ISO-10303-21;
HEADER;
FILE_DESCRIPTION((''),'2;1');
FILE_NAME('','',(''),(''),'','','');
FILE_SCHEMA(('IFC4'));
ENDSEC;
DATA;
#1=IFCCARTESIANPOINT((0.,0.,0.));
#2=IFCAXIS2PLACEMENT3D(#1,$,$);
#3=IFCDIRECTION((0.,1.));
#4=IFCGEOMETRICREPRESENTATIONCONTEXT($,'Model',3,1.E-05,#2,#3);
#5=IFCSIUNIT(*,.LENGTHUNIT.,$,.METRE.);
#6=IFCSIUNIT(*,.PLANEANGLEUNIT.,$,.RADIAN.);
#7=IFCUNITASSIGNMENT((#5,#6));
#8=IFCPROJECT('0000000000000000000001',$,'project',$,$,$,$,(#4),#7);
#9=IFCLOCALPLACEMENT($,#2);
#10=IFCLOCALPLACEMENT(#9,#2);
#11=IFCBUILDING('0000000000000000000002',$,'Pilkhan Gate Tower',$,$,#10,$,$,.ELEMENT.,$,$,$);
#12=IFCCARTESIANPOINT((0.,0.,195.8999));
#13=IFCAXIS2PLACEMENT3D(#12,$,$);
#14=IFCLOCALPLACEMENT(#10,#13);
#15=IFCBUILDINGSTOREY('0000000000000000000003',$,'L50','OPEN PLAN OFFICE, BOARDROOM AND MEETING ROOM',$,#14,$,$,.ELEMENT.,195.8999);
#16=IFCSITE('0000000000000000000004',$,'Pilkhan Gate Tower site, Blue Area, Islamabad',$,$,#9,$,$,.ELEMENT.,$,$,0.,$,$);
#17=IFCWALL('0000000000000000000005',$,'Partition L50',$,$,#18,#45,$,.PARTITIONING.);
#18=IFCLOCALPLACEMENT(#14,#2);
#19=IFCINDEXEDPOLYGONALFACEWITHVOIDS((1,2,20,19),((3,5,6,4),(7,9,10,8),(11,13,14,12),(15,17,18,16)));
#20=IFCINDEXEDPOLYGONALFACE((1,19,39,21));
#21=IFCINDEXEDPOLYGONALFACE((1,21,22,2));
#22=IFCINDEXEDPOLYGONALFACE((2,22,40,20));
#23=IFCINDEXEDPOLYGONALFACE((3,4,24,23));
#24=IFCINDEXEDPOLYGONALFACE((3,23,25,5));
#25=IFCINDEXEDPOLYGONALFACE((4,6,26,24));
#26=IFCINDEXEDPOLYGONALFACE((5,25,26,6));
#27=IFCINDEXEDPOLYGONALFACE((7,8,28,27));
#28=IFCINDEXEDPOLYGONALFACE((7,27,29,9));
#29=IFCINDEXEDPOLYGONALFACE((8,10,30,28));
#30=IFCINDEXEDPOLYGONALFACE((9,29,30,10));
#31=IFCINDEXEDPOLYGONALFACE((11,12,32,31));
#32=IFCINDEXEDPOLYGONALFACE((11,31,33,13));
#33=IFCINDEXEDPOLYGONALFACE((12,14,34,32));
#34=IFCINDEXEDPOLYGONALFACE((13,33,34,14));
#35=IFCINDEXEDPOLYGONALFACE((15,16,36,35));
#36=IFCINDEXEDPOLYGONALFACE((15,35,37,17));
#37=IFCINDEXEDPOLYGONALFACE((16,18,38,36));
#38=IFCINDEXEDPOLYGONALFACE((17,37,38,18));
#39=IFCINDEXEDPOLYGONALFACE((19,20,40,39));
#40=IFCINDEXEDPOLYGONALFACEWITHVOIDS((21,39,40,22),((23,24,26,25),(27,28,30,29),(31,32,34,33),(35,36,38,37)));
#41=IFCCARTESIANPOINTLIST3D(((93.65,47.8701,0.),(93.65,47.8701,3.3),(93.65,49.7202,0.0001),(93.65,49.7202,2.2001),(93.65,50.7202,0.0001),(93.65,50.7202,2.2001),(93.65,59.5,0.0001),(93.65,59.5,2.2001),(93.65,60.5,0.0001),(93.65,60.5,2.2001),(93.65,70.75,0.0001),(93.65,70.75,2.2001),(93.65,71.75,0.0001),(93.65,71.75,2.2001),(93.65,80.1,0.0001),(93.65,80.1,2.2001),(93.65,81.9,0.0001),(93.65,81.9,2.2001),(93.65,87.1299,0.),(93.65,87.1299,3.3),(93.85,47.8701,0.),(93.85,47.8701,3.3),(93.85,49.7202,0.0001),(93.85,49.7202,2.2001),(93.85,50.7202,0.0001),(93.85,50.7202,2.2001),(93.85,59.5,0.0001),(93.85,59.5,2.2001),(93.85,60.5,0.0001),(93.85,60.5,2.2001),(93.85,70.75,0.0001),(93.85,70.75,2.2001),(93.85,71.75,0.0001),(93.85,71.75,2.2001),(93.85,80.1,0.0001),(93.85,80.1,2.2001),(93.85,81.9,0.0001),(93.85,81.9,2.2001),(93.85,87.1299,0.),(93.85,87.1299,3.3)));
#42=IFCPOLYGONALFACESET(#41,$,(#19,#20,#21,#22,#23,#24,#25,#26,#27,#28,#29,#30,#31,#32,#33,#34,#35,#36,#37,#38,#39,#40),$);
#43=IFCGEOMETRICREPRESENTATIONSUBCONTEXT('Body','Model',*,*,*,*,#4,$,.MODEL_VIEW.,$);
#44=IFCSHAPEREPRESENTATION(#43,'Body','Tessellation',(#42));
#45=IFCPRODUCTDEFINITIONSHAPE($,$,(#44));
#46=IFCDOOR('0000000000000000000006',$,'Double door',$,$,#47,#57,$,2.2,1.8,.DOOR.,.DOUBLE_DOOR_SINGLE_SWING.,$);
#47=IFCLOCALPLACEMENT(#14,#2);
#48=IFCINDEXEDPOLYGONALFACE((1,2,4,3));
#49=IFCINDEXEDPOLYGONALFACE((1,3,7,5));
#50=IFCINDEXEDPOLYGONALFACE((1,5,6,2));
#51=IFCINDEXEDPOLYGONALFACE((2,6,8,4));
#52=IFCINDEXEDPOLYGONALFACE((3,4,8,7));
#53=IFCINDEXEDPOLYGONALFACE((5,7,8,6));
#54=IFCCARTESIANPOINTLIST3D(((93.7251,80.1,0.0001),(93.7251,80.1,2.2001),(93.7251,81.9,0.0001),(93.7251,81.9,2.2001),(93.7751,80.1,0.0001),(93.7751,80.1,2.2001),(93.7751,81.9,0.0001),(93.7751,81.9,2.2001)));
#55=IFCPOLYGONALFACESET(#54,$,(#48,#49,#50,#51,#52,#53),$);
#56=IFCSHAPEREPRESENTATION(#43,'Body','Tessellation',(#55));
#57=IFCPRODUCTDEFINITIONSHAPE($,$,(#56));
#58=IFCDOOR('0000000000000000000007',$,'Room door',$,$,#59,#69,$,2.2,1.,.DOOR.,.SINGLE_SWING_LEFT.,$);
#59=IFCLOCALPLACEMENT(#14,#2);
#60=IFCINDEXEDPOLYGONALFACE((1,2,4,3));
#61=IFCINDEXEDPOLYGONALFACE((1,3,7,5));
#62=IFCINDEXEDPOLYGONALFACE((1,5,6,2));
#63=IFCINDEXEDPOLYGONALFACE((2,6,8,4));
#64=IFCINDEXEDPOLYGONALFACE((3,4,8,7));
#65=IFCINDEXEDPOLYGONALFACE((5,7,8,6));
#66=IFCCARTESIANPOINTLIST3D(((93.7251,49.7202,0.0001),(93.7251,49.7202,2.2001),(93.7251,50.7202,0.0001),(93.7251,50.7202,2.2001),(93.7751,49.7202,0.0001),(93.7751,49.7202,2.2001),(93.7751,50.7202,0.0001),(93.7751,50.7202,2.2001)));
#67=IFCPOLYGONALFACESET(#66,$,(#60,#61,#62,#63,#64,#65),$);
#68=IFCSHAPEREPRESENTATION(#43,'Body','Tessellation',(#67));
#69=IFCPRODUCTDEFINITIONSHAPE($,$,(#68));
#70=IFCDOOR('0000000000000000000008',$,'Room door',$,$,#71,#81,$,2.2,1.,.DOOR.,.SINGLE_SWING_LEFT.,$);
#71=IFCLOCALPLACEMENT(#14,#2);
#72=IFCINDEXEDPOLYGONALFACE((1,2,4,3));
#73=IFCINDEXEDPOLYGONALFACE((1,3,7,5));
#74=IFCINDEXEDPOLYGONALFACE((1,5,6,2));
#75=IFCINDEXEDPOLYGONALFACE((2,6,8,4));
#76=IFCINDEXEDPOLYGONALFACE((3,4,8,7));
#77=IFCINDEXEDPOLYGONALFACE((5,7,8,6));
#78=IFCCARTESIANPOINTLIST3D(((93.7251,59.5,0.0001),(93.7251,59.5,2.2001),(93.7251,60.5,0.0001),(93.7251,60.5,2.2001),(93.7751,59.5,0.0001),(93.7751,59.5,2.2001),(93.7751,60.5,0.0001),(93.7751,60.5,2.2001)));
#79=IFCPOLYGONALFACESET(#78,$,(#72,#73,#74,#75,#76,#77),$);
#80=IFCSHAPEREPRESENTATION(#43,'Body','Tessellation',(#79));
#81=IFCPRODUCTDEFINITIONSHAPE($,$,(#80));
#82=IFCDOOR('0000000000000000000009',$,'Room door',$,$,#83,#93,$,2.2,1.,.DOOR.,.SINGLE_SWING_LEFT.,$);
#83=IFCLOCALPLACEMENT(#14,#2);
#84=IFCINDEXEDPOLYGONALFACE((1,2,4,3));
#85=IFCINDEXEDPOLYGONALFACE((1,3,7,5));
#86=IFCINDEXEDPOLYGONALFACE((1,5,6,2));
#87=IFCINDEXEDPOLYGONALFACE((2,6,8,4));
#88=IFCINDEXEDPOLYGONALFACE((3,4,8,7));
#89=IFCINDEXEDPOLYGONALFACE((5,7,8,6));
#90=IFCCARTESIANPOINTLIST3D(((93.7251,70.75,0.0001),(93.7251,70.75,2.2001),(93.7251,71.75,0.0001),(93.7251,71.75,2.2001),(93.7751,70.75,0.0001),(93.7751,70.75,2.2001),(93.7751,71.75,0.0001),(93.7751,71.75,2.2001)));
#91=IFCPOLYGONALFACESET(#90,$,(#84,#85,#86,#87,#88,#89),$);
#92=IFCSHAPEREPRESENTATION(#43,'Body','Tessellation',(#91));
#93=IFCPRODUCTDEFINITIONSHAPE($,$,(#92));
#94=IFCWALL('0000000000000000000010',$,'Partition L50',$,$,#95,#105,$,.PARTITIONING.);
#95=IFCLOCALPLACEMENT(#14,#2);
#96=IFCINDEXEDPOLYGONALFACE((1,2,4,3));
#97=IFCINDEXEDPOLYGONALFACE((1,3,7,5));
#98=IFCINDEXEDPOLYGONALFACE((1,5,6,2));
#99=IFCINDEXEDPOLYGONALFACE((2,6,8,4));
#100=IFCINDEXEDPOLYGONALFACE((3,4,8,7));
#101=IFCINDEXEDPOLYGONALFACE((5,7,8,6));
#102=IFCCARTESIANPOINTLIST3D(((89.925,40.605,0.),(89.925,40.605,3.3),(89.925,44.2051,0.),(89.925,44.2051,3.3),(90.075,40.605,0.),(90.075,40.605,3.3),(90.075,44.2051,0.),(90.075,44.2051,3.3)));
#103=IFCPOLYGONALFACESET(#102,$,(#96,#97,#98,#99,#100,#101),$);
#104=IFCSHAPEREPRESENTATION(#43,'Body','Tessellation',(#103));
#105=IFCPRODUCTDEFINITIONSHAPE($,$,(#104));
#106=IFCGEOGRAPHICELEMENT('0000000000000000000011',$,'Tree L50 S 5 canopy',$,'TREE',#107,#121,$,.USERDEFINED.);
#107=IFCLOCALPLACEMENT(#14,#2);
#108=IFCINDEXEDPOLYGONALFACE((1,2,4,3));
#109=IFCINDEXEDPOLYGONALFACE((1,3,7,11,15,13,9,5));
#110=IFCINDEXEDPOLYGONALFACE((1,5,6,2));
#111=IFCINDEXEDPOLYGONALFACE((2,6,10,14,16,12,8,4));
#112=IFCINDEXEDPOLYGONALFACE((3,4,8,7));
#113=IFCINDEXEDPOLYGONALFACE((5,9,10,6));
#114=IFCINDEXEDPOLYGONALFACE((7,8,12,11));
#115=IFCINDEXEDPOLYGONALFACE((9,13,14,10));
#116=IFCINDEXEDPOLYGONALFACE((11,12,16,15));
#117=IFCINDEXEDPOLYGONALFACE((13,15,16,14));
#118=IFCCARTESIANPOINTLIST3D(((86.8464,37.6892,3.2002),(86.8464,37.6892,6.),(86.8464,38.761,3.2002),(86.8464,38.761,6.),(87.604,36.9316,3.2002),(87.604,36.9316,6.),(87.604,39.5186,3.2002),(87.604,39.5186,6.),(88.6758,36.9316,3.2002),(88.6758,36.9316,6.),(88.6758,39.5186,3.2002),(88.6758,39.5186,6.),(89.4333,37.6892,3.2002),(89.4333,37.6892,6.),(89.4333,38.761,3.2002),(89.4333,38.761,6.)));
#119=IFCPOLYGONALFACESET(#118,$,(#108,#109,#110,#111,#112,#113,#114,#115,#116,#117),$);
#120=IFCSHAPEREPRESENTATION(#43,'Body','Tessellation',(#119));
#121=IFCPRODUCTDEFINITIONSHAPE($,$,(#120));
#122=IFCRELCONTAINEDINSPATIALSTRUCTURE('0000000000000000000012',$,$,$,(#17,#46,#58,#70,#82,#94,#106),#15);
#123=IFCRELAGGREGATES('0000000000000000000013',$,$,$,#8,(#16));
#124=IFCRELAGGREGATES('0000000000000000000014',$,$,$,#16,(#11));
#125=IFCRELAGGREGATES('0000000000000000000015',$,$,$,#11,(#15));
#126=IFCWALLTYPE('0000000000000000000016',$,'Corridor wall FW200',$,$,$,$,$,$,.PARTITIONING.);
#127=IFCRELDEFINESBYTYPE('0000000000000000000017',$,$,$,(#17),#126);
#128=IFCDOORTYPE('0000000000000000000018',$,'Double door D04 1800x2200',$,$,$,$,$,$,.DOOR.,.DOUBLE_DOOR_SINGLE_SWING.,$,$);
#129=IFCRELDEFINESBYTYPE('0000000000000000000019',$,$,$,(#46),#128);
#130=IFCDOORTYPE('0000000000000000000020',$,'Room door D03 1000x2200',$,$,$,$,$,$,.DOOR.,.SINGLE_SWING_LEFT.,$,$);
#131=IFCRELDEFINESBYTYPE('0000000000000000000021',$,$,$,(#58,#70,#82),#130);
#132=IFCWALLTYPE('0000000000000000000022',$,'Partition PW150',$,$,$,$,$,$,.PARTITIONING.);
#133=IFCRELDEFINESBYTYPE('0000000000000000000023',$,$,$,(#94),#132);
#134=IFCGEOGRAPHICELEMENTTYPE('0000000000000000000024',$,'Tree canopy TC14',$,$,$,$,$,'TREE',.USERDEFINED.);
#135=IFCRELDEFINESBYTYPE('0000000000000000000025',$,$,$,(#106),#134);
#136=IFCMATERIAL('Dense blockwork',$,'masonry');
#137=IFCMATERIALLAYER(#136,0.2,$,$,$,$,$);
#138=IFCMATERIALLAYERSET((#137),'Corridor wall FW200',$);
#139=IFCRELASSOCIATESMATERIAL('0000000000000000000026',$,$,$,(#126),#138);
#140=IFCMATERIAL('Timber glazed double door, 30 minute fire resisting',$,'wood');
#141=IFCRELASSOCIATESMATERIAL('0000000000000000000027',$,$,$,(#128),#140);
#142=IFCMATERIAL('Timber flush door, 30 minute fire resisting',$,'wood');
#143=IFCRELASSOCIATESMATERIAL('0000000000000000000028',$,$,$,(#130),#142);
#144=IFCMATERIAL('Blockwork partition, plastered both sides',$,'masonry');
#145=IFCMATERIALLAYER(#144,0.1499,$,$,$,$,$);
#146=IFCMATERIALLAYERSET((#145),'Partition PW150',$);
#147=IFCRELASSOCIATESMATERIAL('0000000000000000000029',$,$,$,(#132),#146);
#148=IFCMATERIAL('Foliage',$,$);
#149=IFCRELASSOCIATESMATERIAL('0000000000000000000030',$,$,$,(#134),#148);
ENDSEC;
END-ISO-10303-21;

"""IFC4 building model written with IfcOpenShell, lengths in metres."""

from ifc_helpers import new_model, si_unit, direction, frame, frame_2d, origin, place, context, subcontext, project, spatial, polyline, rectangle, outline, extrude, material, layer, layer_set, material_profile, profile_set, type_object, element, fill, save


model = new_model("IFC4")

# Units and contexts
model_context = context("Model", 3, precision=1e-05, world=origin(), true_north=direction((0.0, 1.0)))
body_context = subcontext(model_context, "Body", "Model", "MODEL_VIEW")
ifc_project = project(units=[si_unit("LENGTHUNIT", "METRE"), si_unit("PLANEANGLEUNIT", "RADIAN")], contexts=[model_context])

# Site, building, storey
site_placement = place(None, origin())
site = spatial("IfcSite", under=ifc_project, at=site_placement, Name="Pilkhan Gate Tower site, Blue Area, Islamabad", CompositionType="ELEMENT", RefElevation=0.0)
building_placement = place(site_placement, origin())
building = spatial("IfcBuilding", under=site, at=building_placement, Name="Pilkhan Gate Tower", CompositionType="ELEMENT")
storey_placement = place(building_placement, frame((0.0, 0.0, 195.8999)))
storey = spatial("IfcBuildingStorey", under=building, at=storey_placement, Name="L50", Description="OPEN PLAN OFFICE, BOARDROOM AND MEETING ROOM", CompositionType="ELEMENT", Elevation=195.8999)

# Shared definitions
ifc_material_1 = material(Name="Dense blockwork", Category="masonry")
ifc_layer_1 = layer(ifc_material_1, 0.2)
ifc_layer_set_1 = layer_set([ifc_layer_1], Name="Corridor wall FW200")
wall_type_1 = type_object("IfcWallType", Name="Corridor wall FW200", PredefinedType="PARTITIONING", material=ifc_layer_set_1)

# Wall, openings, doors
wall_1_placement = place(storey_placement, frame((93.75, 47.8701, 0.0), z_axis=(0.0, 0.0, 1.0), x_axis=(0.0, 1.0, 0.0)))
wall_1 = element("IfcWall", 1, at=wall_1_placement, inside=storey, type_object=wall_type_1, Name="Partition L50", PredefinedType="PARTITIONING", context=body_context, shape_type="SweptSolid", body=[
    extrude(rectangle(XDim=39.2598, YDim=0.2, at=frame_2d((19.6299, 0.0))), origin(), (0.0, 0.0, 1.0), 3.3),
])
opening_1_placement = place(wall_1_placement, frame((1.8501, 0.0, 0.0)))
opening_1 = element("IfcOpeningElement", 2, at=opening_1_placement, cuts=wall_1, PredefinedType="OPENING", context=body_context, shape_type="SweptSolid", body=[
    extrude(rectangle(XDim=1.0, YDim=2.2, at=frame_2d((0.5, 1.1001))), frame((0.0, 0.1099, 0.0), z_axis=(0.0, -1.0, 0.0), x_axis=(1.0, 0.0, 0.0)), (0.0, 0.0, 1.0), 0.22),
])
opening_2_placement = place(wall_1_placement, frame((11.6299, 0.0, 0.0)))
opening_2 = element("IfcOpeningElement", 3, at=opening_2_placement, cuts=wall_1, PredefinedType="OPENING", context=body_context, shape_type="SweptSolid", body=[
    extrude(rectangle(XDim=1.0, YDim=2.2, at=frame_2d((0.5, 1.1001))), frame((0.0, 0.1099, 0.0), z_axis=(0.0, -1.0, 0.0), x_axis=(1.0, 0.0, 0.0)), (0.0, 0.0, 1.0), 0.22),
])
opening_3_placement = place(wall_1_placement, frame((22.8799, 0.0, 0.0)))
opening_3 = element("IfcOpeningElement", 4, at=opening_3_placement, cuts=wall_1, PredefinedType="OPENING", context=body_context, shape_type="SweptSolid", body=[
    extrude(rectangle(XDim=1.0, YDim=2.2, at=frame_2d((0.5, 1.1001))), frame((0.0, 0.1099, 0.0), z_axis=(0.0, -1.0, 0.0), x_axis=(1.0, 0.0, 0.0)), (0.0, 0.0, 1.0), 0.22),
])
opening_4_placement = place(wall_1_placement, frame((32.23, 0.0, 0.0)))
opening_4 = element("IfcOpeningElement", 5, at=opening_4_placement, cuts=wall_1, PredefinedType="OPENING", context=body_context, shape_type="SweptSolid", body=[
    extrude(rectangle(XDim=1.8, YDim=2.2, at=frame_2d((0.8999, 1.1001))), frame((0.0, 0.1099, 0.0), z_axis=(0.0, -1.0, 0.0), x_axis=(1.0, 0.0, 0.0)), (0.0, 0.0, 1.0), 0.22),
])
ifc_material_2 = material(Name="Timber glazed double door, 30 minute fire resisting", Category="wood")
door_type_1 = type_object("IfcDoorType", Name="Double door D04 1800x2200", OperationType="DOUBLE_DOOR_SINGLE_SWING", PredefinedType="DOOR", material=ifc_material_2)
door_1_placement = place(opening_4_placement, origin())
door_1 = element("IfcDoor", 6, at=door_1_placement, inside=storey, type_object=door_type_1, Name="Double door", OperationType="DOUBLE_DOOR_SINGLE_SWING", OverallHeight=2.2, OverallWidth=1.8, PredefinedType="DOOR", context=body_context, shape_type="SweptSolid", body=[
    extrude(rectangle(XDim=1.8, YDim=2.2, at=frame_2d((0.8999, 1.1001))), frame((0.0, 0.0249, 0.0), z_axis=(0.0, -1.0, 0.0), x_axis=(1.0, 0.0, 0.0)), (0.0, 0.0, 1.0), 0.05),
])
fill(opening_4, door_1)
ifc_material_3 = material(Name="Timber flush door, 30 minute fire resisting", Category="wood")
door_type_2 = type_object("IfcDoorType", Name="Room door D03 1000x2200", OperationType="SINGLE_SWING_LEFT", PredefinedType="DOOR", material=ifc_material_3)
door_2_placement = place(opening_1_placement, origin())
door_2 = element("IfcDoor", 7, at=door_2_placement, inside=storey, type_object=door_type_2, Name="Room door", OperationType="SINGLE_SWING_LEFT", OverallHeight=2.2, OverallWidth=1.0, PredefinedType="DOOR", context=body_context, shape_type="SweptSolid", body=[
    extrude(rectangle(XDim=1.0, YDim=2.2, at=frame_2d((0.5, 1.1001))), frame((0.0, 0.0249, 0.0), z_axis=(0.0, -1.0, 0.0), x_axis=(1.0, 0.0, 0.0)), (0.0, 0.0, 1.0), 0.05),
])
fill(opening_1, door_2)
door_3_placement = place(opening_2_placement, origin())
door_3 = element("IfcDoor", 8, at=door_3_placement, inside=storey, type_object=door_type_2, Name="Room door", OperationType="SINGLE_SWING_LEFT", OverallHeight=2.2, OverallWidth=1.0, PredefinedType="DOOR", context=body_context, shape_type="SweptSolid", body=[
    extrude(rectangle(XDim=1.0, YDim=2.2, at=frame_2d((0.5, 1.1001))), frame((0.0, 0.0249, 0.0), z_axis=(0.0, -1.0, 0.0), x_axis=(1.0, 0.0, 0.0)), (0.0, 0.0, 1.0), 0.05),
])
fill(opening_2, door_3)
door_4_placement = place(opening_3_placement, origin())
door_4 = element("IfcDoor", 9, at=door_4_placement, inside=storey, type_object=door_type_2, Name="Room door", OperationType="SINGLE_SWING_LEFT", OverallHeight=2.2, OverallWidth=1.0, PredefinedType="DOOR", context=body_context, shape_type="SweptSolid", body=[
    extrude(rectangle(XDim=1.0, YDim=2.2, at=frame_2d((0.5, 1.1001))), frame((0.0, 0.0249, 0.0), z_axis=(0.0, -1.0, 0.0), x_axis=(1.0, 0.0, 0.0)), (0.0, 0.0, 1.0), 0.05),
])
fill(opening_3, door_4)

# Wall
ifc_material_4 = material(Name="Blockwork partition, plastered both sides", Category="masonry")
ifc_layer_2 = layer(ifc_material_4, 0.1499)
ifc_layer_set_2 = layer_set([ifc_layer_2], Name="Partition PW150")
wall_type_2 = type_object("IfcWallType", Name="Partition PW150", PredefinedType="PARTITIONING", material=ifc_layer_set_2)
wall_2_placement = place(storey_placement, frame((90.0, 40.605, 0.0), z_axis=(0.0, 0.0, 1.0), x_axis=(0.0, 1.0, 0.0)))
element("IfcWall", 10, at=wall_2_placement, inside=storey, type_object=wall_type_2, Name="Partition L50", PredefinedType="PARTITIONING", context=body_context, shape_type="SweptSolid", body=[
    extrude(rectangle(XDim=3.6001, YDim=0.1499, at=frame_2d((1.8, 0.0))), origin(), (0.0, 0.0, 1.0), 3.3),
])

# Geographic element
ifc_material_5 = material(Name="Foliage")
ifc_material_profile_1 = material_profile(ifc_material_5, outline(polyline([(1.2935, 0.5359), (0.5359, 1.2935), (-0.5359, 1.2935), (-1.2935, 0.5359), (-1.2935, -0.5359), (-0.5359, -1.2935), (0.5359, -1.2935), (1.2935, -0.5359), (1.2935, 0.5359)])), Name="Canopy D2.8")
ifc_profile_set_1 = profile_set([ifc_material_profile_1], Name="Foliage")
geographic_element_type = type_object("IfcGeographicElementType", Name="Tree canopy TC14", ElementType="TREE", PredefinedType="USERDEFINED", material=ifc_profile_set_1)
geographic_element_placement = place(storey_placement, frame((88.1399, 38.2251, 3.2002), z_axis=(0.0, 0.0, 1.0), x_axis=(1.0, 0.0, 0.0)))
element("IfcGeographicElement", 11, at=geographic_element_placement, inside=storey, type_object=geographic_element_type, Name="Tree L50 S 5 canopy", ObjectType="TREE", PredefinedType="USERDEFINED", context=body_context, shape_type="SweptSolid", body=[
    extrude(outline(polyline([(1.2935, 0.5359), (0.5359, 1.2935), (-0.5359, 1.2935), (-1.2935, 0.5359), (-1.2935, -0.5359), (-0.5359, -1.2935), (0.5359, -1.2935), (1.2935, -0.5359), (1.2935, 0.5359)])), origin(), (0.0, 0.0, 1.0), 2.7998),
])

save(model, "model.ifc")
